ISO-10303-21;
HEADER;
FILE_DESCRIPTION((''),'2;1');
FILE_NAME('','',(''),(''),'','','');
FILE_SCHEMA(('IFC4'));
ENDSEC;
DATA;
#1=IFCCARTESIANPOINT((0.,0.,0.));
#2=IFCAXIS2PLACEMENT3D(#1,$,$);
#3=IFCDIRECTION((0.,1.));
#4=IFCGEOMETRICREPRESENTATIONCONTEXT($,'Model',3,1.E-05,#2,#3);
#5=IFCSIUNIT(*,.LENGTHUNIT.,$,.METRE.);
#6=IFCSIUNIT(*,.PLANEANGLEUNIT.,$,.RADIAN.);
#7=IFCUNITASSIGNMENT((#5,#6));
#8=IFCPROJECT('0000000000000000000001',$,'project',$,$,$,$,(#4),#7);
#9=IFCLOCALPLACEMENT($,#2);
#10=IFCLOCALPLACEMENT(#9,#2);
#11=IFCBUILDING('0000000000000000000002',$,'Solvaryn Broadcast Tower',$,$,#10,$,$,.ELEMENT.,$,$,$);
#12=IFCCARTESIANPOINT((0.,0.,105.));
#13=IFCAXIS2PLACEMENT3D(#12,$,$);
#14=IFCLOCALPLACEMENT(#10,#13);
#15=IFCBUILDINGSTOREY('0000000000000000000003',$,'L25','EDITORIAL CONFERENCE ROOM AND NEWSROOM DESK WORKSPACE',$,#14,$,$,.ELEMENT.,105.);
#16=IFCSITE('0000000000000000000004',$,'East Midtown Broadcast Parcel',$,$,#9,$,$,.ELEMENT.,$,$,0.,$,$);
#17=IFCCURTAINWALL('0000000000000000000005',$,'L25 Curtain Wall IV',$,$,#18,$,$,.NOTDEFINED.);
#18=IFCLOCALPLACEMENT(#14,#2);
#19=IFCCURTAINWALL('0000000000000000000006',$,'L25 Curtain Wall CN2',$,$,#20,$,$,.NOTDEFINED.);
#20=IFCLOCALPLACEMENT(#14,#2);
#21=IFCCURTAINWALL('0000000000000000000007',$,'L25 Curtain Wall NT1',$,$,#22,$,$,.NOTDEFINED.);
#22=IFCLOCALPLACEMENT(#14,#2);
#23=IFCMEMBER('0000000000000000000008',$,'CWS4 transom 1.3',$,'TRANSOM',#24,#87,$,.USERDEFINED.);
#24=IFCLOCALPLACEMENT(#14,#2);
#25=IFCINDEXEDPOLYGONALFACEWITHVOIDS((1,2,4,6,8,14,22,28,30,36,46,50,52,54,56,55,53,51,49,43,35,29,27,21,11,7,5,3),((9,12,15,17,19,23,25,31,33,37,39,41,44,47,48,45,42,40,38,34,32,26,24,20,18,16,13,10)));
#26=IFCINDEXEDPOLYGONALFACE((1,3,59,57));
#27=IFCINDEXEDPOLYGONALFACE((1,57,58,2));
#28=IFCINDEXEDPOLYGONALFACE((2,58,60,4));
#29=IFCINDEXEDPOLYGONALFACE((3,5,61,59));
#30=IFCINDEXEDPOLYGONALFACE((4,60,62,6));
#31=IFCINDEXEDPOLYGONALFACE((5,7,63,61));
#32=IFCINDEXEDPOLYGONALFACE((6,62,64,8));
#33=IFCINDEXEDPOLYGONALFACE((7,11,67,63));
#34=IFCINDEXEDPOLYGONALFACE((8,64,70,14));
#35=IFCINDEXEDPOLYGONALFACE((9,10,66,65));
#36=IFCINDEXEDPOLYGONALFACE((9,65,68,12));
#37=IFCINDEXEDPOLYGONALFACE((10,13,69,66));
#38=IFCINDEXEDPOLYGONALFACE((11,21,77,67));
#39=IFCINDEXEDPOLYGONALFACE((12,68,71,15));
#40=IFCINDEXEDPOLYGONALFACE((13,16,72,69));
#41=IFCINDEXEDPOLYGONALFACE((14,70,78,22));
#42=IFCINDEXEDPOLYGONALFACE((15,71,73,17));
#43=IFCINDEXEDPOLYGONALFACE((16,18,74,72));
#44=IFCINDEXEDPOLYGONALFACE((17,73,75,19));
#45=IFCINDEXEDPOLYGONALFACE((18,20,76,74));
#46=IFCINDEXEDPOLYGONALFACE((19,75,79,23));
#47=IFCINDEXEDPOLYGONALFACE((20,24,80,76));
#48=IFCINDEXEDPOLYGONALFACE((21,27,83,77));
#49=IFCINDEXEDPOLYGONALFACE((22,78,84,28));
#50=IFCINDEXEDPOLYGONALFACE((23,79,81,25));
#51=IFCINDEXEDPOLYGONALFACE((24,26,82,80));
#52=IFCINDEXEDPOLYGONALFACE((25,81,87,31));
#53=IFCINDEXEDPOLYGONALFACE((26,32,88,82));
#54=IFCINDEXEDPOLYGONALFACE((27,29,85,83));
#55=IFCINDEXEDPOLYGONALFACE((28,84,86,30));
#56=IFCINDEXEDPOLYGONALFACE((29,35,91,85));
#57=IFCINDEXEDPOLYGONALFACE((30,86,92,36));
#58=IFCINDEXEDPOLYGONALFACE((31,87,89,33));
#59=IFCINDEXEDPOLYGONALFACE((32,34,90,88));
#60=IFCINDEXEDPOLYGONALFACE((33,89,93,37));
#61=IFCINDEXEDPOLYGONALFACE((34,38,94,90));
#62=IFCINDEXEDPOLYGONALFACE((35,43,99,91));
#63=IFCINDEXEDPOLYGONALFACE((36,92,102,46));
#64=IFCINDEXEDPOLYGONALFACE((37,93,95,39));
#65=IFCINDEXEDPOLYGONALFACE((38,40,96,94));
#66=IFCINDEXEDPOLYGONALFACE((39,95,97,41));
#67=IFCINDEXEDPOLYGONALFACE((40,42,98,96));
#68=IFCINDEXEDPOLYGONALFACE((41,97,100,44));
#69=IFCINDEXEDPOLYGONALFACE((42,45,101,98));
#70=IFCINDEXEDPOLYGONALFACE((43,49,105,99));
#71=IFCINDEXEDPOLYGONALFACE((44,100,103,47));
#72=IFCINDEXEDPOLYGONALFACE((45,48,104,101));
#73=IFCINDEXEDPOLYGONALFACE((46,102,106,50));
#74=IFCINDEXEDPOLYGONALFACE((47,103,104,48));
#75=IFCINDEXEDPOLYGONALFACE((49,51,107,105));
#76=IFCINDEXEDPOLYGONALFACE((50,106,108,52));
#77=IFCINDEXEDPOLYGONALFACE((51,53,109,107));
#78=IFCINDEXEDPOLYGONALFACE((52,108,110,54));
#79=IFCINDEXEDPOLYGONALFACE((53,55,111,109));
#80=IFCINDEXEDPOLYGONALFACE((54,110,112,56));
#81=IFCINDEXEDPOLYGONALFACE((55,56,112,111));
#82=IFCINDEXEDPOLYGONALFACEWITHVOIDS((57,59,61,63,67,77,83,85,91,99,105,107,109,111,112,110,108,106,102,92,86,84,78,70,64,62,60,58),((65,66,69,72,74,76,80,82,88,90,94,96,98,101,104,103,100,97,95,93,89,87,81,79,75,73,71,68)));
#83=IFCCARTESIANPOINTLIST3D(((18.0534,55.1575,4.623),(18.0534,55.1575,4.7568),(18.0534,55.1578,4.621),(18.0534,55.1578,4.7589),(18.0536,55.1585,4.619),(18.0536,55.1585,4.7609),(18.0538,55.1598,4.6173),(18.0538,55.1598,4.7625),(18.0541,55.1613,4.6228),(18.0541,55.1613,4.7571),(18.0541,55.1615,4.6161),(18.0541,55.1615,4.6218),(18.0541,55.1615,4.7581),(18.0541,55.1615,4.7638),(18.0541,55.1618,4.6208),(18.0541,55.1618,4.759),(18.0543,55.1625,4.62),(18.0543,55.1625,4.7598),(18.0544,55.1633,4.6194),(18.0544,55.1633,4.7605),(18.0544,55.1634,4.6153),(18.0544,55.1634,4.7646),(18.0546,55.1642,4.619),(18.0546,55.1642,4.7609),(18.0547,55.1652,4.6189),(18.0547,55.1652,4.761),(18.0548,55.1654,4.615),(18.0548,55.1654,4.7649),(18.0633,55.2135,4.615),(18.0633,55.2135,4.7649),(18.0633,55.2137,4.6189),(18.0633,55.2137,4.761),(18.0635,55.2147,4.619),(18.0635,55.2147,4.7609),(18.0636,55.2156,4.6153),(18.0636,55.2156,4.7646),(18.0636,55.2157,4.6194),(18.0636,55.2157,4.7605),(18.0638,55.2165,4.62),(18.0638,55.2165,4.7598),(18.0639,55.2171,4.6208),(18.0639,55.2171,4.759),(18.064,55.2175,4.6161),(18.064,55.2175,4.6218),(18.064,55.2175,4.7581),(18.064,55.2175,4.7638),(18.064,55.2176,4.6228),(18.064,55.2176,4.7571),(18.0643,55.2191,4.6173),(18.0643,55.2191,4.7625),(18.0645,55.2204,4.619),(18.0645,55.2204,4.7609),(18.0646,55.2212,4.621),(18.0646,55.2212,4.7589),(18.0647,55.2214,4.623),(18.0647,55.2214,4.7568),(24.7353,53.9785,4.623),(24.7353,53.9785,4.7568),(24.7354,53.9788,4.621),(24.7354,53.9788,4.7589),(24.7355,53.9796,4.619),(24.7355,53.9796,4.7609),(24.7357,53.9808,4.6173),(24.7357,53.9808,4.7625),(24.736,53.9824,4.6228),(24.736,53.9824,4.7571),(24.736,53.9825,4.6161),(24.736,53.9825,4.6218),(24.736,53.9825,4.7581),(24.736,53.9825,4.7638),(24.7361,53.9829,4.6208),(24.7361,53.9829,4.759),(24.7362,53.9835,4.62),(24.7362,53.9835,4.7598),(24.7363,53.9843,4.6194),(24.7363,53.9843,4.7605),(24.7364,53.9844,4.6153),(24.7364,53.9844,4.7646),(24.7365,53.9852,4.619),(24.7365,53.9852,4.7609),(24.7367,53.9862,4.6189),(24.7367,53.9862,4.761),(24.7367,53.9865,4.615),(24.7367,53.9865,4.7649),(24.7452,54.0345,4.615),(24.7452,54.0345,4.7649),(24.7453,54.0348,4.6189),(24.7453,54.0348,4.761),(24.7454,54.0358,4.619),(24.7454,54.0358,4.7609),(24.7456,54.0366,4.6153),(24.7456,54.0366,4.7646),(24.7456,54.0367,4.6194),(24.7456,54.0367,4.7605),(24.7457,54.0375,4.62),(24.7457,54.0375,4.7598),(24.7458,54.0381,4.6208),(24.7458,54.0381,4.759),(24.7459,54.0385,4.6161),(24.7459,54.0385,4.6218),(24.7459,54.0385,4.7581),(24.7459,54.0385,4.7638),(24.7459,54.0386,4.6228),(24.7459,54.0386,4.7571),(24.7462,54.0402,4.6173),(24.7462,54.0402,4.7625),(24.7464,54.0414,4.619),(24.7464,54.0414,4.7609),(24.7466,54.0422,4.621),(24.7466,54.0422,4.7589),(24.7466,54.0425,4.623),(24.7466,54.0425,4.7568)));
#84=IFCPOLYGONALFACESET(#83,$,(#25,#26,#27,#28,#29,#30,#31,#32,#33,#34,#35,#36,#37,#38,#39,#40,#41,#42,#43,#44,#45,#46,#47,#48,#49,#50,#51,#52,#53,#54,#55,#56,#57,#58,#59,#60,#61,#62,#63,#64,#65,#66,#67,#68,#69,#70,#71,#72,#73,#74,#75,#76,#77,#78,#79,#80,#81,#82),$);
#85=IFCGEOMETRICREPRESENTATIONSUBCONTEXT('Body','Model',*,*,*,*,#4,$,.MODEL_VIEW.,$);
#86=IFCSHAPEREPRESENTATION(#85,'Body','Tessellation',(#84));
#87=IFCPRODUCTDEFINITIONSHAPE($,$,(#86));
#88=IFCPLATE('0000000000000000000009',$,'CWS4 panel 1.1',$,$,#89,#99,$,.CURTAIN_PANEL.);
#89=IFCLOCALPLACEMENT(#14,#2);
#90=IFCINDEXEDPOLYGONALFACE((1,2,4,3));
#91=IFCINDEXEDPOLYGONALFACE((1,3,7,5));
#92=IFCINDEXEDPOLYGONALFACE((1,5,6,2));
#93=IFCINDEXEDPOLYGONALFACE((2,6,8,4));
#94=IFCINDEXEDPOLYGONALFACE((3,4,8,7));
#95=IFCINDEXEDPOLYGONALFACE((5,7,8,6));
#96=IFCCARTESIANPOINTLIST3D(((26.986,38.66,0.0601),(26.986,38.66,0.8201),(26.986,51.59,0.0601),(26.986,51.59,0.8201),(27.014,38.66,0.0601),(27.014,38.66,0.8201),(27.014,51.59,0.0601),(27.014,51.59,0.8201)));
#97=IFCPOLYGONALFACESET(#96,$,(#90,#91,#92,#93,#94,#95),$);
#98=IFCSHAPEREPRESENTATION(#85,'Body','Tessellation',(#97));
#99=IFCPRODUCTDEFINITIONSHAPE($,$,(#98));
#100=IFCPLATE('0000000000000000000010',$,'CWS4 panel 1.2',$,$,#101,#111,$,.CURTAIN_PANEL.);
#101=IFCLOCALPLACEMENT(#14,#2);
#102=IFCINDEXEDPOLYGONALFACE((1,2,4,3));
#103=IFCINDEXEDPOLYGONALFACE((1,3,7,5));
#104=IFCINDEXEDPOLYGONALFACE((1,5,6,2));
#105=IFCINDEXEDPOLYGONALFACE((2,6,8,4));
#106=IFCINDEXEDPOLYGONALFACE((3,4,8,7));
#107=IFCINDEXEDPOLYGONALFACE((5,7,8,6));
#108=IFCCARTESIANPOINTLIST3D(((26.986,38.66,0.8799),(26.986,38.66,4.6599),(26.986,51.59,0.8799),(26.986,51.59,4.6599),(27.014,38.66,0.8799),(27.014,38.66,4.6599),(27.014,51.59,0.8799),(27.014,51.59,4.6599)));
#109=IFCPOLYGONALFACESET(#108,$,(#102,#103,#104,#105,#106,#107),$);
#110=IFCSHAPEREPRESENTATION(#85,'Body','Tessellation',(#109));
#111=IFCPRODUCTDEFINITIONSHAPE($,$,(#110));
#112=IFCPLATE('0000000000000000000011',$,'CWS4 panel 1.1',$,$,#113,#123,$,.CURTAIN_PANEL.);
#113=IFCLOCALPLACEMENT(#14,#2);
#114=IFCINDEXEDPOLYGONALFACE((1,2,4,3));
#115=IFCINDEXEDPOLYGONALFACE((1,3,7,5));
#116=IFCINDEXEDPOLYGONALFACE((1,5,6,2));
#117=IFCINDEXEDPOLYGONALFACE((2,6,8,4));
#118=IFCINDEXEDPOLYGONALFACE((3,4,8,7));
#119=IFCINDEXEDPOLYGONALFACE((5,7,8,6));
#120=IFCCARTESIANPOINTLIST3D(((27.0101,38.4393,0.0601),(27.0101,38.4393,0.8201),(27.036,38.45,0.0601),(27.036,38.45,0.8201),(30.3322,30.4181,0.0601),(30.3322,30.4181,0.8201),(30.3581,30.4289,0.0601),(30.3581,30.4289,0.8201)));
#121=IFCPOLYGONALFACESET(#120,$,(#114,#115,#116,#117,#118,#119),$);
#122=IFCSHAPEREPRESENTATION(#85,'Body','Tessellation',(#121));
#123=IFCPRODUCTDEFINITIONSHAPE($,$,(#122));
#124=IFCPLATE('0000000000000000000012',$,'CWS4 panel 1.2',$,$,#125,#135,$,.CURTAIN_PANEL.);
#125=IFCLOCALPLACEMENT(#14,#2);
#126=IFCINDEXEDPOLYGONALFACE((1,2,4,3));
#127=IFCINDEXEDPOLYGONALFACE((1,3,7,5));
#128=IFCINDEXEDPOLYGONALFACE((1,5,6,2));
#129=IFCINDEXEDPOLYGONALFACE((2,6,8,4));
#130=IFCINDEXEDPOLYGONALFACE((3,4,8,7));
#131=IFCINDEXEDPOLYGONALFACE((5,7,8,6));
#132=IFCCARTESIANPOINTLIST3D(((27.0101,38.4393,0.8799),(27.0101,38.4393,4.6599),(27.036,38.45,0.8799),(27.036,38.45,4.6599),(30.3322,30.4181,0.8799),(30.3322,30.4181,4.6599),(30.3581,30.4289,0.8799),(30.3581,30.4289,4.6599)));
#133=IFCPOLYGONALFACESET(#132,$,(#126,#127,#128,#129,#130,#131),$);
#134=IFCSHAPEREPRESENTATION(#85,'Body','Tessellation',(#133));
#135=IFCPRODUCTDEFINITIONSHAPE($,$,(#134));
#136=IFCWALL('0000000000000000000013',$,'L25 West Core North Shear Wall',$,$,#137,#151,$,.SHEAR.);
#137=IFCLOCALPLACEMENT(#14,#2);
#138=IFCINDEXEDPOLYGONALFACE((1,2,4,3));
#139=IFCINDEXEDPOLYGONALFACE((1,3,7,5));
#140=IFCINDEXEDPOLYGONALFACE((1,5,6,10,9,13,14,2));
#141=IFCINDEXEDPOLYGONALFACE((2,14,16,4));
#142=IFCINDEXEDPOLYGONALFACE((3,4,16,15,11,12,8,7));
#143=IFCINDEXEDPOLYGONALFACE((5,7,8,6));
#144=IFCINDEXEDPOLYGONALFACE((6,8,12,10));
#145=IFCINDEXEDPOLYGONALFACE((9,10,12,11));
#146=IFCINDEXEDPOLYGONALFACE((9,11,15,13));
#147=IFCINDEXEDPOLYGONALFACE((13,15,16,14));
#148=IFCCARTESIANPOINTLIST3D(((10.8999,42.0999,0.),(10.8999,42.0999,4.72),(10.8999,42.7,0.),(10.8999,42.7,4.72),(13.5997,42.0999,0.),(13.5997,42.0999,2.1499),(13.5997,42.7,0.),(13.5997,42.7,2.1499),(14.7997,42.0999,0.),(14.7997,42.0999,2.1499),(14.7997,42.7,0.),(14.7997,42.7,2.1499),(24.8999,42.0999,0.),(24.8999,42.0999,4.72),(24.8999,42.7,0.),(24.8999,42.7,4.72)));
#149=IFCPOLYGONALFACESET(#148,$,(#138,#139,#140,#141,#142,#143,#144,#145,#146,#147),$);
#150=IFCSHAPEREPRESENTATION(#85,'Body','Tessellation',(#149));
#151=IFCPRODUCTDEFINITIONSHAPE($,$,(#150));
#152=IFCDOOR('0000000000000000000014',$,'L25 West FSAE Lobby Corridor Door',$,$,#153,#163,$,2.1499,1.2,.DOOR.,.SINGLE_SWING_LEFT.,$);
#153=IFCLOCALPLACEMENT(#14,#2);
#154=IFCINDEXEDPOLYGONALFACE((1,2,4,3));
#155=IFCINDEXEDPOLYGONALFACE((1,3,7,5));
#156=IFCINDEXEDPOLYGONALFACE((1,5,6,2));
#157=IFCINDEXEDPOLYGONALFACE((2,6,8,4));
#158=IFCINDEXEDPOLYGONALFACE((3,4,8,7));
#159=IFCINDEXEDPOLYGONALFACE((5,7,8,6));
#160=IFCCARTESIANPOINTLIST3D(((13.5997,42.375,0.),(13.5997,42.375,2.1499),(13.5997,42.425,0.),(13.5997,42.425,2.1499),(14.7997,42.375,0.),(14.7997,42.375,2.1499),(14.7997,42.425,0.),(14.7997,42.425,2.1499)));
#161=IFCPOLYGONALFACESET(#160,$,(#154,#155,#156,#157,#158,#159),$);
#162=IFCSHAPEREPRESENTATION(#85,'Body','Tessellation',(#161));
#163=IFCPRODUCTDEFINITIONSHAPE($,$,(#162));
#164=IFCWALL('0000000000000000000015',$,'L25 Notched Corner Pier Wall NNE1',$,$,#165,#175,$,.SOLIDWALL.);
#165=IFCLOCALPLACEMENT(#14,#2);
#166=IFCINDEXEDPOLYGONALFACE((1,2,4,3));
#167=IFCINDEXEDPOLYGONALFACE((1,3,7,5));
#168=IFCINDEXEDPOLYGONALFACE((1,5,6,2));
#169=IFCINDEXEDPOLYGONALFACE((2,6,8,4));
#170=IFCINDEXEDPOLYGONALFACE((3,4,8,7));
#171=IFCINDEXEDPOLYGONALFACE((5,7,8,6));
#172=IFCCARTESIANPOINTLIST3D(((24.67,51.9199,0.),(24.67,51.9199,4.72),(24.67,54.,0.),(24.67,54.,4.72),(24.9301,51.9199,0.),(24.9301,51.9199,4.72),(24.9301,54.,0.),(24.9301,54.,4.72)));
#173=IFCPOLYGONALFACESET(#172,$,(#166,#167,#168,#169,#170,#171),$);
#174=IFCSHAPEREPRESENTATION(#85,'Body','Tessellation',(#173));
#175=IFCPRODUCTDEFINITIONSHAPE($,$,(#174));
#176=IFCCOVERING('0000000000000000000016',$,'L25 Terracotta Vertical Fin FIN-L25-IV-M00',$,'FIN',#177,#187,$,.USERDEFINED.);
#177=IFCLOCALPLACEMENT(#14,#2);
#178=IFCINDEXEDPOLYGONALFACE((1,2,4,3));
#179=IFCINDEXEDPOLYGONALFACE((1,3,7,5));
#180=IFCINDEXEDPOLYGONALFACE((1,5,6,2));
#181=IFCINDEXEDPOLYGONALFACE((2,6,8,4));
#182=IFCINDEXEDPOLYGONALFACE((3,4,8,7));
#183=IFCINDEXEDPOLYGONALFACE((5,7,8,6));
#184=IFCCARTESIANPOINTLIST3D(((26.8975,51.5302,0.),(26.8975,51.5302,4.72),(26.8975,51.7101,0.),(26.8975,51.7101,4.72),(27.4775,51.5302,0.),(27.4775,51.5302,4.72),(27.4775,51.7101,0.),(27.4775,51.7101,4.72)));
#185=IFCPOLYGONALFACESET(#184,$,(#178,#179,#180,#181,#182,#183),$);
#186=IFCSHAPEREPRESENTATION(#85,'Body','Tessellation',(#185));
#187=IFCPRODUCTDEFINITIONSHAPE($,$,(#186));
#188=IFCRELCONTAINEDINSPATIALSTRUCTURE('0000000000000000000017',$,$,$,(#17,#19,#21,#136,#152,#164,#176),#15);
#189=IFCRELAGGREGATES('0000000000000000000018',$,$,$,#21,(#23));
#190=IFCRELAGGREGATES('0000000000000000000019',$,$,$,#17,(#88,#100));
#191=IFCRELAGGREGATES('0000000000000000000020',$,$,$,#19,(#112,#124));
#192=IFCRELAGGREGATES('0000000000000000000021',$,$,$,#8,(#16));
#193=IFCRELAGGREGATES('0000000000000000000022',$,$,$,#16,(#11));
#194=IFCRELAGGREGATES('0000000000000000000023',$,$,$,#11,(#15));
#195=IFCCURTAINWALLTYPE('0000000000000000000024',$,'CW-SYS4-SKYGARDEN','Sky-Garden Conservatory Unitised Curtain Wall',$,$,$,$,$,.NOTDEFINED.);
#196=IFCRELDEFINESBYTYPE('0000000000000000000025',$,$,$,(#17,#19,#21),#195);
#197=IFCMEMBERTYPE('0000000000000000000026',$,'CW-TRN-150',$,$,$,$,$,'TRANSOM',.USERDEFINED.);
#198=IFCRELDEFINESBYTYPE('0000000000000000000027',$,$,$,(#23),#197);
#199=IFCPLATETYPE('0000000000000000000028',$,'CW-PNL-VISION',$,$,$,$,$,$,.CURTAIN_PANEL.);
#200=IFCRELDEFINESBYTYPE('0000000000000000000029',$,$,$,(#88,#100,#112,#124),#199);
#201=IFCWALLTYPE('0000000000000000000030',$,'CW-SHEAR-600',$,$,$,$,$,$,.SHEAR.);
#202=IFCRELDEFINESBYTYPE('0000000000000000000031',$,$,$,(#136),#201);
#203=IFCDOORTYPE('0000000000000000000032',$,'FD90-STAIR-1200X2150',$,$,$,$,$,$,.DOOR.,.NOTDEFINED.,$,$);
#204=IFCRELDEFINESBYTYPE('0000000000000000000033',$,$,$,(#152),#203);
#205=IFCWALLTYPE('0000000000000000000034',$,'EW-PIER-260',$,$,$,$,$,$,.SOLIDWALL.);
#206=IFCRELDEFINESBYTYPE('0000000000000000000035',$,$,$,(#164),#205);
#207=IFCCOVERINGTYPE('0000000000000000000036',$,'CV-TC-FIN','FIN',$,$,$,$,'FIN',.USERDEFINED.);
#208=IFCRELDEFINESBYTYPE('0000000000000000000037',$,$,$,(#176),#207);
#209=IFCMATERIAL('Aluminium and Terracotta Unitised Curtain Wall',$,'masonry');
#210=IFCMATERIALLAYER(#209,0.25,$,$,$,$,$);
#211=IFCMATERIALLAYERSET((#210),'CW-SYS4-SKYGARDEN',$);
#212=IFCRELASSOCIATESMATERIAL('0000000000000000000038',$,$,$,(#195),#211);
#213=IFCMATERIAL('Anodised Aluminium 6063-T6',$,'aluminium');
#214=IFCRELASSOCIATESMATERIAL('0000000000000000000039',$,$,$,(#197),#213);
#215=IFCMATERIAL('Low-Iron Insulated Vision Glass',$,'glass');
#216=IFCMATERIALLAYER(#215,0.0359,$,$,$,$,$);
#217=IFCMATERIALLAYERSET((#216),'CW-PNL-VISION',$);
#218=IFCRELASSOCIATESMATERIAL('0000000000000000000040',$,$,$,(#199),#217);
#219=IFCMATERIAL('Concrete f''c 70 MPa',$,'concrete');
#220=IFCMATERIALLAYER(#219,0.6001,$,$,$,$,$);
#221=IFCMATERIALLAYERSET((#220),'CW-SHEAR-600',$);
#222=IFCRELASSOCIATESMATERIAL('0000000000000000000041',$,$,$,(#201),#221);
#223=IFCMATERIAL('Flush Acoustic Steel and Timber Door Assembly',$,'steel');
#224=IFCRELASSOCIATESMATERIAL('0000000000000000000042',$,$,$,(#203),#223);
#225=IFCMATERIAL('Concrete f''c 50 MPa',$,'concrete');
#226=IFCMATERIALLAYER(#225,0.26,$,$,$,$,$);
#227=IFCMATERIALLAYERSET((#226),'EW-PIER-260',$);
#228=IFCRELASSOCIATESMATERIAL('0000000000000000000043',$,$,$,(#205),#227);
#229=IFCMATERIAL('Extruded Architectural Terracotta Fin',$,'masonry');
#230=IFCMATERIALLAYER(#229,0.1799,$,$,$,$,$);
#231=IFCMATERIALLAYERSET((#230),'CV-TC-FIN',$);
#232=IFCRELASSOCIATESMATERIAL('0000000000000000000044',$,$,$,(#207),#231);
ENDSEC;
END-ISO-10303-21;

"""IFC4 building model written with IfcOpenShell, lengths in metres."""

from ifc_helpers import new_model, si_unit, direction, frame, frame_2d, origin, origin_2d, place, context, subcontext, project, spatial, rectangle, hollow_rectangle, extrude, material, layer, layer_set, material_profile, profile_set, type_object, element, fill, aggregate, save


model = new_model("IFC4")

# Units and contexts
model_context = context("Model", 3, precision=1e-05, world=origin(), true_north=direction((0.0, 1.0)))
body_context = subcontext(model_context, "Body", "Model", "MODEL_VIEW")
ifc_project = project(units=[si_unit("LENGTHUNIT", "METRE"), si_unit("PLANEANGLEUNIT", "RADIAN")], contexts=[model_context])

# Site, building, storey
site_placement = place(None, origin())
site = spatial("IfcSite", under=ifc_project, at=site_placement, Name="East Midtown Broadcast Parcel", CompositionType="ELEMENT", RefElevation=0.0)
building_placement = place(site_placement, origin())
building = spatial("IfcBuilding", under=site, at=building_placement, Name="Solvaryn Broadcast Tower", CompositionType="ELEMENT")
storey_placement = place(building_placement, frame((0.0, 0.0, 105.0)))
storey = spatial("IfcBuildingStorey", under=building, at=storey_placement, Name="L25", Description="EDITORIAL CONFERENCE ROOM AND NEWSROOM DESK WORKSPACE", CompositionType="ELEMENT", Elevation=105.0)

# Curtain wall
ifc_material_1 = material(Name="Aluminium and Terracotta Unitised Curtain Wall", Category="masonry")
ifc_layer_1 = layer(ifc_material_1, 0.25)
ifc_layer_set_1 = layer_set([ifc_layer_1], Name="CW-SYS4-SKYGARDEN")
curtain_wall_type = type_object("IfcCurtainWallType", Name="CW-SYS4-SKYGARDEN", Description="Sky-Garden Conservatory Unitised Curtain Wall", PredefinedType="NOTDEFINED", material=ifc_layer_set_1)
curtain_wall_1_placement = place(storey_placement, origin())
curtain_wall_1 = element("IfcCurtainWall", 1, at=curtain_wall_1_placement, inside=storey, type_object=curtain_wall_type, Name="L25 Curtain Wall IV", PredefinedType="NOTDEFINED")

# Curtain walls
curtain_wall_2_placement = place(storey_placement, origin())
curtain_wall_2 = element("IfcCurtainWall", 2, at=curtain_wall_2_placement, inside=storey, type_object=curtain_wall_type, Name="L25 Curtain Wall CN2", PredefinedType="NOTDEFINED")
curtain_wall_3_placement = place(storey_placement, origin())
curtain_wall_3 = element("IfcCurtainWall", 3, at=curtain_wall_3_placement, inside=storey, type_object=curtain_wall_type, Name="L25 Curtain Wall NT1", PredefinedType="NOTDEFINED")

# Member
ifc_material_2 = material(Name="Anodised Aluminium 6063-T6", Category="aluminium")
ifc_material_profile_1 = material_profile(ifc_material_2, hollow_rectangle(XDim=0.0649, YDim=0.1499, WallThickness=0.0039, InnerFilletRadius=0.0039, OuterFilletRadius=0.0081, at=origin_2d()))
ifc_profile_set_1 = profile_set([ifc_material_profile_1], Name="Anodised Aluminium 6063-T6")
member_type_1 = type_object("IfcMemberType", Name="CW-TRN-150", ElementType="TRANSOM", PredefinedType="USERDEFINED", material=ifc_profile_set_1)
member_1_placement = place(storey_placement, frame((24.741, 54.0105, 4.6899), z_axis=(-0.984789, 0.173757, 0.0), x_axis=(-0.173757, -0.984789, 0.0)))
member_1 = element("IfcMember", 4, at=member_1_placement, type_object=member_type_1, Name="CWS4 transom 1.3", ObjectType="TRANSOM", PredefinedType="USERDEFINED", context=body_context, shape_type="SweptSolid", body=[
    extrude(hollow_rectangle(XDim=0.0649, YDim=0.1499, WallThickness=0.0039, InnerFilletRadius=0.0039, OuterFilletRadius=0.0081, at=origin_2d()), origin(), (0.0, 0.0, 1.0), 6.7852),
])
aggregate(curtain_wall_3, [member_1])

# Plates
ifc_material_3 = material(Name="Low-Iron Insulated Vision Glass", Category="glass")
ifc_layer_2 = layer(ifc_material_3, 0.0359)
ifc_layer_set_2 = layer_set([ifc_layer_2], Name="CW-PNL-VISION")
plate_type = type_object("IfcPlateType", Name="CW-PNL-VISION", PredefinedType="CURTAIN_PANEL", material=ifc_layer_set_2)
plate_1_placement = place(storey_placement, frame((27.0, 45.125, 0.0601), z_axis=(0.0, 0.0, 1.0), x_axis=(0.0, -1.0, 0.0)))
plate_1 = element("IfcPlate", 5, at=plate_1_placement, type_object=plate_type, Name="CWS4 panel 1.1", PredefinedType="CURTAIN_PANEL", context=body_context, shape_type="SweptSolid", body=[
    extrude(rectangle(XDim=12.9299, YDim=0.0281, at=origin_2d()), origin(), (0.0, 0.0, 1.0), 0.76),
])
plate_2_placement = place(storey_placement, frame((27.0, 45.125, 0.8799), z_axis=(0.0, 0.0, 1.0), x_axis=(0.0, -1.0, 0.0)))
plate_2 = element("IfcPlate", 6, at=plate_2_placement, type_object=plate_type, Name="CWS4 panel 1.2", PredefinedType="CURTAIN_PANEL", context=body_context, shape_type="SweptSolid", body=[
    extrude(rectangle(XDim=12.9299, YDim=0.0281, at=origin_2d()), origin(), (0.0, 0.0, 1.0), 3.78),
])
aggregate(curtain_wall_1, [plate_1, plate_2])
plate_3_placement = place(storey_placement, frame((28.6841, 34.4341, 0.0601), z_axis=(0.0, 0.0, 1.0), x_axis=(-0.382646, 0.923895, 0.0)))
plate_3 = element("IfcPlate", 7, at=plate_3_placement, type_object=plate_type, Name="CWS4 panel 1.1", PredefinedType="CURTAIN_PANEL", context=body_context, shape_type="SweptSolid", body=[
    extrude(rectangle(XDim=8.6819, YDim=0.0281, at=origin_2d()), origin(), (0.0, 0.0, 1.0), 0.76),
])
plate_4_placement = place(storey_placement, frame((28.6841, 34.4341, 0.8799), z_axis=(0.0, 0.0, 1.0), x_axis=(-0.382646, 0.923895, 0.0)))
plate_4 = element("IfcPlate", 8, at=plate_4_placement, type_object=plate_type, Name="CWS4 panel 1.2", PredefinedType="CURTAIN_PANEL", context=body_context, shape_type="SweptSolid", body=[
    extrude(rectangle(XDim=8.6819, YDim=0.0281, at=origin_2d()), origin(), (0.0, 0.0, 1.0), 3.78),
])
aggregate(curtain_wall_2, [plate_3, plate_4])

# Wall, opening, door
ifc_material_4 = material(Name="Concrete f'c 70 MPa", Category="concrete")
ifc_layer_3 = layer(ifc_material_4, 0.6001)
ifc_layer_set_3 = layer_set([ifc_layer_3], Name="CW-SHEAR-600")
wall_type_1 = type_object("IfcWallType", Name="CW-SHEAR-600", PredefinedType="SHEAR", material=ifc_layer_set_3)
wall_1_placement = place(storey_placement, frame((24.8999, 42.3999, 0.0), z_axis=(0.0, 0.0, 1.0), x_axis=(-1.0, 0.0, 0.0)))
wall_1 = element("IfcWall", 9, at=wall_1_placement, inside=storey, type_object=wall_type_1, Name="L25 West Core North Shear Wall", PredefinedType="SHEAR", context=body_context, shape_type="SweptSolid", body=[
    extrude(rectangle(XDim=14.0, YDim=0.6001, at=frame_2d((7.0, 0.0))), origin(), (0.0, 0.0, 1.0), 4.72),
])
opening_placement = place(wall_1_placement, frame((10.1001, 0.0, 0.0)))
opening = element("IfcOpeningElement", 10, at=opening_placement, cuts=wall_1, PredefinedType="OPENING", context=body_context, shape_type="SweptSolid", body=[
    extrude(rectangle(XDim=1.2, YDim=2.1499, at=frame_2d((0.6001, 1.075))), frame((0.0, 0.3101, 0.0), z_axis=(0.0, -1.0, 0.0), x_axis=(1.0, 0.0, 0.0)), (0.0, 0.0, 1.0), 0.6201),
])
ifc_material_5 = material(Name="Flush Acoustic Steel and Timber Door Assembly", Category="steel")
door_type = type_object("IfcDoorType", Name="FD90-STAIR-1200X2150", OperationType="NOTDEFINED", PredefinedType="DOOR", material=ifc_material_5)
door_placement = place(opening_placement, origin())
door = element("IfcDoor", 11, at=door_placement, inside=storey, type_object=door_type, Name="L25 West FSAE Lobby Corridor Door", OperationType="SINGLE_SWING_LEFT", OverallHeight=2.1499, OverallWidth=1.2, PredefinedType="DOOR", context=body_context, shape_type="SweptSolid", body=[
    extrude(rectangle(XDim=1.2, YDim=2.1499, at=frame_2d((0.6001, 1.075))), frame((0.0, 0.0249, 0.0), z_axis=(0.0, -1.0, 0.0), x_axis=(1.0, 0.0, 0.0)), (0.0, 0.0, 1.0), 0.05),
])
fill(opening, door)

# Wall
ifc_material_6 = material(Name="Concrete f'c 50 MPa", Category="concrete")
ifc_layer_4 = layer(ifc_material_6, 0.26)
ifc_layer_set_4 = layer_set([ifc_layer_4], Name="EW-PIER-260")
wall_type_2 = type_object("IfcWallType", Name="EW-PIER-260", PredefinedType="SOLIDWALL", material=ifc_layer_set_4)
wall_2_placement = place(storey_placement, frame((24.8, 54.0, 0.0), z_axis=(0.0, 0.0, 1.0), x_axis=(0.0, -1.0, 0.0)))
element("IfcWall", 12, at=wall_2_placement, inside=storey, type_object=wall_type_2, Name="L25 Notched Corner Pier Wall NNE1", PredefinedType="SOLIDWALL", context=body_context, shape_type="SweptSolid", body=[
    extrude(rectangle(XDim=2.0801, YDim=0.26, at=frame_2d((1.04, 0.0))), origin(), (0.0, 0.0, 1.0), 4.72),
])

# Covering
ifc_material_7 = material(Name="Extruded Architectural Terracotta Fin", Category="masonry")
ifc_layer_5 = layer(ifc_material_7, 0.1799)
ifc_layer_set_5 = layer_set([ifc_layer_5], Name="CV-TC-FIN")
covering_type = type_object("IfcCoveringType", Name="CV-TC-FIN", Description="FIN", ElementType="FIN", PredefinedType="USERDEFINED", material=ifc_layer_set_5)
for number, where, z_axis, x_axis, name in (
    (13, (27.1875, 51.6201, 0.0), (0.0, 0.0, 1.0), (1.0, 0.0, 0.0), "L25 Terracotta Vertical Fin FIN-L25-IV-M00"),
):
    element("IfcCovering", number, at=place(storey_placement, frame(where, z_axis=z_axis, x_axis=x_axis)), inside=storey, type_object=covering_type, Name=name, ObjectType="FIN", PredefinedType="USERDEFINED", context=body_context, shape_type="SweptSolid", body=[
        extrude(rectangle(XDim=0.5801, YDim=0.1799, at=origin_2d()), origin(), (0.0, 0.0, 1.0), 4.72),
    ])

save(model, "model.ifc")
